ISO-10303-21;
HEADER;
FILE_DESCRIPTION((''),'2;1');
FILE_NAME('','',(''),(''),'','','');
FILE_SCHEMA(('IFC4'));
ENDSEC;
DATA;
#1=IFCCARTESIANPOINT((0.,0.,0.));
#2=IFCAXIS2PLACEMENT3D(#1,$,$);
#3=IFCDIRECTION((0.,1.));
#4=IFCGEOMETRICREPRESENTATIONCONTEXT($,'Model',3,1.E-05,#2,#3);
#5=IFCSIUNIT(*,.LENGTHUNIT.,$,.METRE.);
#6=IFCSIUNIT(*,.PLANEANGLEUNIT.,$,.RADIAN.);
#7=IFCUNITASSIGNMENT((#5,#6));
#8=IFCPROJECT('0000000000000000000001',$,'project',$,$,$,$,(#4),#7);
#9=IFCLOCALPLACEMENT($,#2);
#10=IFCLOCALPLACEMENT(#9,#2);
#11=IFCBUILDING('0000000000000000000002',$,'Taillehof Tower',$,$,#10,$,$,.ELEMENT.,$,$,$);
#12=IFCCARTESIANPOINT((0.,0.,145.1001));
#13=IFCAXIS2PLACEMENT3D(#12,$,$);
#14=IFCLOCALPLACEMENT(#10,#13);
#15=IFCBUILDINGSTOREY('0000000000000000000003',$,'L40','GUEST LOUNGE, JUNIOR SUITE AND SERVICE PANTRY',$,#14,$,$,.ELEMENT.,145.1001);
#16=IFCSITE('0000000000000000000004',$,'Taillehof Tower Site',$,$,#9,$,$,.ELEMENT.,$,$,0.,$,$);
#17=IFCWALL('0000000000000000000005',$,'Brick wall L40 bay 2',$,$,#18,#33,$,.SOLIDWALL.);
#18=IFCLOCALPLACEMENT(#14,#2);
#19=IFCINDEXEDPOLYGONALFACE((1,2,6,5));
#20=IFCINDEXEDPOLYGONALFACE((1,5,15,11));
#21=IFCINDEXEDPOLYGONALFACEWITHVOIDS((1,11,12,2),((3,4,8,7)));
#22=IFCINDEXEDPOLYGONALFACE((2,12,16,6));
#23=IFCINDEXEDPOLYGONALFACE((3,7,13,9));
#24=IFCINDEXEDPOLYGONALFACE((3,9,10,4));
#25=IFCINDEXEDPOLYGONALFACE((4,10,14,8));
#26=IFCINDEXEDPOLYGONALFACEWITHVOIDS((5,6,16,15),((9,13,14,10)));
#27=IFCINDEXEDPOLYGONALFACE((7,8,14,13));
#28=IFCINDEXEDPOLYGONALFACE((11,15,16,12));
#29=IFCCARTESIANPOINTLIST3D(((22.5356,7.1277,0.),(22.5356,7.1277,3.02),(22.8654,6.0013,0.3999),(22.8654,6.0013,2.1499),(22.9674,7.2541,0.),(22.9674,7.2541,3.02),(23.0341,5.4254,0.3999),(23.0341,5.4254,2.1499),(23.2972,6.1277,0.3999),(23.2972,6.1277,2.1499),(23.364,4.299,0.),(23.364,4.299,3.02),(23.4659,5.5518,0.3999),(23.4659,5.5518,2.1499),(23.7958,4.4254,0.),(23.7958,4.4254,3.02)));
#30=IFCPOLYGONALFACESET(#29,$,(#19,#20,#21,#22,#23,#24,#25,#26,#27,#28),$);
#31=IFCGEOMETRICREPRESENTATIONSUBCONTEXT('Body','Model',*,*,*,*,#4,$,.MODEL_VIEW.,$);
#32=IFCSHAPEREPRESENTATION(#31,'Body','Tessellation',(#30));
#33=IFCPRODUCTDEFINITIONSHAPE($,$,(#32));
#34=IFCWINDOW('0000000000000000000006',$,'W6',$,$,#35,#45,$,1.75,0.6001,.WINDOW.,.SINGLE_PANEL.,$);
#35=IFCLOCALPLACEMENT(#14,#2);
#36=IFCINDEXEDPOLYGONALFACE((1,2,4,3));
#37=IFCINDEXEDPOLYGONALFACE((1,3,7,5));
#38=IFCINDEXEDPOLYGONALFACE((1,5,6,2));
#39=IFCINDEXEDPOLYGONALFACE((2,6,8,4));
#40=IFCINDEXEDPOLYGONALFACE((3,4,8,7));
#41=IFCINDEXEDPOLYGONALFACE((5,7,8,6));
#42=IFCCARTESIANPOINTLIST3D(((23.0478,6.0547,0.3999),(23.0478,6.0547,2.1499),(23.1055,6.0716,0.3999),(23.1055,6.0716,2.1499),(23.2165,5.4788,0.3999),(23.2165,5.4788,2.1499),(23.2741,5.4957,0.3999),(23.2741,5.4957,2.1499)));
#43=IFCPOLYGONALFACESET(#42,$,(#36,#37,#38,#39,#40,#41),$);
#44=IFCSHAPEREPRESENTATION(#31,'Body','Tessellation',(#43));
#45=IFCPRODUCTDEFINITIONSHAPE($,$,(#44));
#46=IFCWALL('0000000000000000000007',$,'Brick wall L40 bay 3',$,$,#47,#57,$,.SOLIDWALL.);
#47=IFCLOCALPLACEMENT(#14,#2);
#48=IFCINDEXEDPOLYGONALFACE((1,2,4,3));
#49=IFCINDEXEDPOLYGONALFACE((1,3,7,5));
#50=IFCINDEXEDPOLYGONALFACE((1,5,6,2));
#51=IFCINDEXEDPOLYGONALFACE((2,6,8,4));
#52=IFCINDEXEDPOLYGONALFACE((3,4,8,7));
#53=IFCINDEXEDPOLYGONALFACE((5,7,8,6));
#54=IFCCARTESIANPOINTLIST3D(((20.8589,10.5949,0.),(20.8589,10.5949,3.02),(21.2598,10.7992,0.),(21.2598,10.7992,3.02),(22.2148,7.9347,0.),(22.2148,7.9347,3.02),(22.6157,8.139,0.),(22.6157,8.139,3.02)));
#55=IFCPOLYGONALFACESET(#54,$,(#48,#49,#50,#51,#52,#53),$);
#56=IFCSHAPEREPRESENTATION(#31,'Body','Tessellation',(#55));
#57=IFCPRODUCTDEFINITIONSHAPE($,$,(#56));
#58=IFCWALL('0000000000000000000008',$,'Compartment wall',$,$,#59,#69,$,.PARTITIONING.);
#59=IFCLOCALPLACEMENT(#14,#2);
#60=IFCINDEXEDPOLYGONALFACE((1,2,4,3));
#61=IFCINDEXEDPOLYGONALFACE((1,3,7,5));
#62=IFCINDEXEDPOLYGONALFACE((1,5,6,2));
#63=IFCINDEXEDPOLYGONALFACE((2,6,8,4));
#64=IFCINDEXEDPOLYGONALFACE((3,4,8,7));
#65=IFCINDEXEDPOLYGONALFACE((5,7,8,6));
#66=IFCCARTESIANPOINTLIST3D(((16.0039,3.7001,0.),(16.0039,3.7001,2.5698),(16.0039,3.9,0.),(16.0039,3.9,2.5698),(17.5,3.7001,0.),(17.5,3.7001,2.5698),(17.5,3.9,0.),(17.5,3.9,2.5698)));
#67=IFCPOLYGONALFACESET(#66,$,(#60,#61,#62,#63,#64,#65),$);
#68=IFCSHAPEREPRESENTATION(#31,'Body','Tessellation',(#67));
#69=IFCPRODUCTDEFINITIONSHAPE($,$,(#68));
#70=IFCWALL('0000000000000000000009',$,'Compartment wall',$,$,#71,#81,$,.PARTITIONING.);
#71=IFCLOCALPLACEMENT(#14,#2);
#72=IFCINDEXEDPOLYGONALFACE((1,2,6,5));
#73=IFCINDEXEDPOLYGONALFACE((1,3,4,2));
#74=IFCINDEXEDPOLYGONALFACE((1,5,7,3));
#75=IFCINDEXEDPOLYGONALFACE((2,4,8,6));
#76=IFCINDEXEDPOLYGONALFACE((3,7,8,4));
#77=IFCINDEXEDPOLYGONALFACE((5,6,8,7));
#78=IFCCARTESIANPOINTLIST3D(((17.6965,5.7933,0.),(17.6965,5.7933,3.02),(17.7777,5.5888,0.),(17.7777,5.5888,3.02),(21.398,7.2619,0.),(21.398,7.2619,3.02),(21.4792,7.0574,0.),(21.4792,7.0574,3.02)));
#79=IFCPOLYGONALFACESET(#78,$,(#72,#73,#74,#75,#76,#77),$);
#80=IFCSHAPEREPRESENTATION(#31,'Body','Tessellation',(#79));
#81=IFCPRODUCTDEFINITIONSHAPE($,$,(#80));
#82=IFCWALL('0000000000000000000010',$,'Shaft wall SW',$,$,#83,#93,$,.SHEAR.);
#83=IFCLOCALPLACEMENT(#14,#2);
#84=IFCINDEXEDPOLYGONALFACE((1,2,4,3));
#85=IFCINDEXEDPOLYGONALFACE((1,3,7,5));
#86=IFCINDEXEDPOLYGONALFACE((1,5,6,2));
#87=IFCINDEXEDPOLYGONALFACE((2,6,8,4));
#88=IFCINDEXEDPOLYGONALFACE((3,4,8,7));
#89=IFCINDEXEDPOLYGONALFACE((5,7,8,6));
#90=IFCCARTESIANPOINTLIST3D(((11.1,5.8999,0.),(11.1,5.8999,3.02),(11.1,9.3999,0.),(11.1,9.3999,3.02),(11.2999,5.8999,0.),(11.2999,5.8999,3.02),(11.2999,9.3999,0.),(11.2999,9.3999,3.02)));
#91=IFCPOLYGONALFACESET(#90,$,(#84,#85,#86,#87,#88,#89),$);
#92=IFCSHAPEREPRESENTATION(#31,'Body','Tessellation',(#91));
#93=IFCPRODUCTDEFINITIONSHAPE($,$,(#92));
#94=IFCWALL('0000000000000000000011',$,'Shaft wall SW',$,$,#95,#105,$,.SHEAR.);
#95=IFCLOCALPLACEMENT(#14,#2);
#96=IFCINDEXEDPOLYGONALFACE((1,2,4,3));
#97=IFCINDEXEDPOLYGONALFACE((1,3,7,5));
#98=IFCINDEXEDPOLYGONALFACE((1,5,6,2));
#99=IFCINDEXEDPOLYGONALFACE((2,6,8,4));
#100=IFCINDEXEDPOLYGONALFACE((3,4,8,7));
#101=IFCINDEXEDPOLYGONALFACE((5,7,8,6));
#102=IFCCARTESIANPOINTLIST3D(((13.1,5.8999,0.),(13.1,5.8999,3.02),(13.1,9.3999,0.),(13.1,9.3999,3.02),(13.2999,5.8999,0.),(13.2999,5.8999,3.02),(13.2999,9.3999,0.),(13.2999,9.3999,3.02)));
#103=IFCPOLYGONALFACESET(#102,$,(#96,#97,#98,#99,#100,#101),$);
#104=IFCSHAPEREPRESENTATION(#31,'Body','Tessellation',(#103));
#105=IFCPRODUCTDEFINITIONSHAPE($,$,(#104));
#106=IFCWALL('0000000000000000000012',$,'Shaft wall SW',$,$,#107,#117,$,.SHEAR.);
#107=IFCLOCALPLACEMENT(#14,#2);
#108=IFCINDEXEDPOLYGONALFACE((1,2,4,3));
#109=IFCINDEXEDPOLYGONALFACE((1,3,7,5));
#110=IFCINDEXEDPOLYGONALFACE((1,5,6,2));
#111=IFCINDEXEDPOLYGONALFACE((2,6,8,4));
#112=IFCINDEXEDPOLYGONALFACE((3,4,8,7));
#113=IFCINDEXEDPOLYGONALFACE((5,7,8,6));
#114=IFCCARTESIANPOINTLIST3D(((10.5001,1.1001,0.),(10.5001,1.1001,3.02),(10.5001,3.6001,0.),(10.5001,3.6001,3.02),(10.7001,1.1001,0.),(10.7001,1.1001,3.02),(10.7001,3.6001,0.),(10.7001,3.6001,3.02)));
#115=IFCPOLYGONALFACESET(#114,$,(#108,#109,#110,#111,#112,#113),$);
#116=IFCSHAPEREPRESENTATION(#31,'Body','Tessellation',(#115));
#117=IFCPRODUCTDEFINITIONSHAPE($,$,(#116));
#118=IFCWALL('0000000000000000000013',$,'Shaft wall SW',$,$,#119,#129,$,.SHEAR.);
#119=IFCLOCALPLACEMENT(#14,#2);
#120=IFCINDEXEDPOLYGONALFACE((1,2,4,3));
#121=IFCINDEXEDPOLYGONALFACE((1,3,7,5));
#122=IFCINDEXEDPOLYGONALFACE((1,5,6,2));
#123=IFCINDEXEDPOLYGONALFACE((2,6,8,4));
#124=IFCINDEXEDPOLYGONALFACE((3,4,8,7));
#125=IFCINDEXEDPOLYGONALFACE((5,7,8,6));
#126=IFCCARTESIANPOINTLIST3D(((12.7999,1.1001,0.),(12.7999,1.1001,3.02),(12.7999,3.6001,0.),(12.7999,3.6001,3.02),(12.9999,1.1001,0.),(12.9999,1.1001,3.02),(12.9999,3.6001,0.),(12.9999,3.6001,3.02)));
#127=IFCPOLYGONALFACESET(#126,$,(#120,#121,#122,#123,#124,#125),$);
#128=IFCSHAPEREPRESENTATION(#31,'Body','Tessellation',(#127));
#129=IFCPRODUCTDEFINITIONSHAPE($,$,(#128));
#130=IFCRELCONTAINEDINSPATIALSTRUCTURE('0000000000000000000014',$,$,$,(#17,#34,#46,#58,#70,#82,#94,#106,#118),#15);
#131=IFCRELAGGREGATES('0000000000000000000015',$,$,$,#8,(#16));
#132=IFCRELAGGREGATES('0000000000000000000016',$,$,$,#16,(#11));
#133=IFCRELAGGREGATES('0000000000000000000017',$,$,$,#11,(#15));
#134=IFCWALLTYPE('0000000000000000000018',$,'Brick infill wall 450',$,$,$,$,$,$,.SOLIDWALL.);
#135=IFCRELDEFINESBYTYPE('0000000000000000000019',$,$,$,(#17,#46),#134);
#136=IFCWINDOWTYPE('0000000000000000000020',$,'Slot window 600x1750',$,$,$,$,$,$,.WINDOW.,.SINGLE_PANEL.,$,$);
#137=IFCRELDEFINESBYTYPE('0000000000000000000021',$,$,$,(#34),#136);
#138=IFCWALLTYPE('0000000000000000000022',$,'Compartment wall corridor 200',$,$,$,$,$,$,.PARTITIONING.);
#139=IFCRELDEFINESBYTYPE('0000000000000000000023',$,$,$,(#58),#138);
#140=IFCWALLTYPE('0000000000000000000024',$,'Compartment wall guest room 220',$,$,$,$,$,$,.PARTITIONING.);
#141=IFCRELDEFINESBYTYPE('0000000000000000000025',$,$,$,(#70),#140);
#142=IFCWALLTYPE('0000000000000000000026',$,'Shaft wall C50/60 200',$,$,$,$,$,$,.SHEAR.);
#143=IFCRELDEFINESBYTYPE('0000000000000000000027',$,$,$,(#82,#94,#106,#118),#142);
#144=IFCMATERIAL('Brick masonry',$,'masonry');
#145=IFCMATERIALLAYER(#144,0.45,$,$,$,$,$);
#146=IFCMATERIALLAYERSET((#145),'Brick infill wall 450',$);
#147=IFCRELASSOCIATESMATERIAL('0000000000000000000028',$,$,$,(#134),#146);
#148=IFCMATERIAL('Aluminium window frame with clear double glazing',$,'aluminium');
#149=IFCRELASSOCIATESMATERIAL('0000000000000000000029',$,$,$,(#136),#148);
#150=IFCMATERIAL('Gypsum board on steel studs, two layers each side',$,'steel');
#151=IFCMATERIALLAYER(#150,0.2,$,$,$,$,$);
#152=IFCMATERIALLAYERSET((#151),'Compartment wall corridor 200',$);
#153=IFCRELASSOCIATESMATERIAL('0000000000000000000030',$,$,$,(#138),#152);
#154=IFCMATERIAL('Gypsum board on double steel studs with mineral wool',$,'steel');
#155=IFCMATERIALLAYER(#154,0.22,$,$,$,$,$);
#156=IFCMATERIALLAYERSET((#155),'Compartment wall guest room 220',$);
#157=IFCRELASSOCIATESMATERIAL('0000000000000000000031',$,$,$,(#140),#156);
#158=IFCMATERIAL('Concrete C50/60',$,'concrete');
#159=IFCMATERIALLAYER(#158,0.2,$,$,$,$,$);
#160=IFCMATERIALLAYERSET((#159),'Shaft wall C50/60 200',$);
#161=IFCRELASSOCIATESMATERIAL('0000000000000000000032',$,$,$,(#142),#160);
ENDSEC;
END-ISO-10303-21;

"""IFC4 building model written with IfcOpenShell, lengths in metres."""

from ifc_helpers import new_model, si_unit, direction, frame, frame_2d, origin, place, context, subcontext, project, spatial, rectangle, extrude, material, layer, layer_set, type_object, element, fill, save


model = new_model("IFC4")

# Units and contexts
model_context = context("Model", 3, precision=1e-05, world=origin(), true_north=direction((0.0, 1.0)))
body_context = subcontext(model_context, "Body", "Model", "MODEL_VIEW")
ifc_project = project(units=[si_unit("LENGTHUNIT", "METRE"), si_unit("PLANEANGLEUNIT", "RADIAN")], contexts=[model_context])

# Site, building, storey
site_placement = place(None, origin())
site = spatial("IfcSite", under=ifc_project, at=site_placement, Name="Taillehof Tower Site", CompositionType="ELEMENT", RefElevation=0.0)
building_placement = place(site_placement, origin())
building = spatial("IfcBuilding", under=site, at=building_placement, Name="Taillehof Tower", CompositionType="ELEMENT")
storey_placement = place(building_placement, frame((0.0, 0.0, 145.1001)))
storey = spatial("IfcBuildingStorey", under=building, at=storey_placement, Name="L40", Description="GUEST LOUNGE, JUNIOR SUITE AND SERVICE PANTRY", CompositionType="ELEMENT", Elevation=145.1001)

# Shared definitions
ifc_material_1 = material(Name="Brick masonry", Category="masonry")
ifc_layer_1 = layer(ifc_material_1, 0.45)
ifc_layer_set_1 = layer_set([ifc_layer_1], Name="Brick infill wall 450")
wall_type_1 = type_object("IfcWallType", Name="Brick infill wall 450", PredefinedType="SOLIDWALL", material=ifc_layer_set_1)

# Wall, opening, window
wall_1_placement = place(storey_placement, frame((23.5798, 4.3623, 0.0), z_axis=(0.0, 0.0, 1.0), x_axis=(-0.281049, 0.959693, 0.0)))
wall_1 = element("IfcWall", 1, at=wall_1_placement, inside=storey, type_object=wall_type_1, Name="Brick wall L40 bay 2", PredefinedType="SOLIDWALL", context=body_context, shape_type="SweptSolid", body=[
    extrude(rectangle(XDim=2.9475, YDim=0.45, at=frame_2d((1.4736, 0.0))), origin(), (0.0, 0.0, 1.0), 3.02),
])
opening_placement = place(wall_1_placement, frame((1.1736, 0.0, 0.3999)))
opening = element("IfcOpeningElement", 2, at=opening_placement, cuts=wall_1, PredefinedType="OPENING", context=body_context, shape_type="SweptSolid", body=[
    extrude(rectangle(XDim=0.6001, YDim=1.75, at=frame_2d((0.3, 0.875))), frame((0.0, 0.2349, 0.0), z_axis=(0.0, -1.0, 0.0), x_axis=(1.0, 0.0, 0.0)), (0.0, 0.0, 1.0), 0.47),
])
ifc_material_2 = material(Name="Aluminium window frame with clear double glazing", Category="aluminium")
window_type = type_object("IfcWindowType", Name="Slot window 600x1750", PartitioningType="SINGLE_PANEL", PredefinedType="WINDOW", material=ifc_material_2)
window_placement = place(opening_placement, origin())
window = element("IfcWindow", 3, at=window_placement, inside=storey, type_object=window_type, Name="W6", OverallHeight=1.75, OverallWidth=0.6001, PartitioningType="SINGLE_PANEL", PredefinedType="WINDOW", context=body_context, shape_type="SweptSolid", body=[
    extrude(rectangle(XDim=0.6001, YDim=1.75, at=frame_2d((0.3, 0.875))), frame((0.0, 0.0349, 0.0), z_axis=(0.0, -1.0, 0.0), x_axis=(1.0, 0.0, 0.0)), (0.0, 0.0, 1.0), 0.0601),
])
fill(opening, window)

# Walls
wall_2_placement = place(storey_placement, frame((22.4153, 8.0369, 0.0), z_axis=(0.0, 0.0, 1.0), x_axis=(-0.454134, 0.890933, 0.0)))
element("IfcWall", 4, at=wall_2_placement, inside=storey, type_object=wall_type_1, Name="Brick wall L40 bay 3", PredefinedType="SOLIDWALL", context=body_context, shape_type="SweptSolid", body=[
    extrude(rectangle(XDim=2.9858, YDim=0.45, at=frame_2d((1.4929, 0.0))), origin(), (0.0, 0.0, 1.0), 3.02),
])
ifc_material_3 = material(Name="Gypsum board on steel studs, two layers each side", Category="steel")
ifc_layer_2 = layer(ifc_material_3, 0.2)
ifc_layer_set_2 = layer_set([ifc_layer_2], Name="Compartment wall corridor 200")
wall_type_2 = type_object("IfcWallType", Name="Compartment wall corridor 200", PredefinedType="PARTITIONING", material=ifc_layer_set_2)
wall_3_placement = place(storey_placement, frame((17.5, 3.8, 0.0), z_axis=(0.0, 0.0, 1.0), x_axis=(-1.0, 0.0, 0.0)))
element("IfcWall", 5, at=wall_3_placement, inside=storey, type_object=wall_type_2, Name="Compartment wall", PredefinedType="PARTITIONING", context=body_context, shape_type="SweptSolid", body=[
    extrude(rectangle(XDim=1.4961, YDim=0.2, at=frame_2d((0.748, 0.0))), origin(), (0.0, 0.0, 1.0), 2.5698),
])
ifc_material_4 = material(Name="Gypsum board on double steel studs with mineral wool", Category="steel")
ifc_layer_3 = layer(ifc_material_4, 0.22)
ifc_layer_set_3 = layer_set([ifc_layer_3], Name="Compartment wall guest room 220")
wall_type_3 = type_object("IfcWallType", Name="Compartment wall guest room 220", PredefinedType="PARTITIONING", material=ifc_layer_set_3)
wall_4_placement = place(storey_placement, frame((21.4387, 7.1597, 0.0), z_axis=(0.0, 0.0, 1.0), x_axis=(-0.929517, -0.368778, 0.0)))
element("IfcWall", 6, at=wall_4_placement, inside=storey, type_object=wall_type_3, Name="Compartment wall", PredefinedType="PARTITIONING", context=body_context, shape_type="SweptSolid", body=[
    extrude(rectangle(XDim=3.9822, YDim=0.22, at=frame_2d((1.9912, 0.0))), origin(), (0.0, 0.0, 1.0), 3.02),
])
ifc_material_5 = material(Name="Concrete C50/60", Category="concrete")
ifc_layer_4 = layer(ifc_material_5, 0.2)
ifc_layer_set_4 = layer_set([ifc_layer_4], Name="Shaft wall C50/60 200")
wall_type_4 = type_object("IfcWallType", Name="Shaft wall C50/60 200", PredefinedType="SHEAR", material=ifc_layer_set_4)
for number, where, z_axis, x_axis, name in (
    (7, (11.2, 5.8999, 0.0), (0.0, 0.0, 1.0), (0.0, 1.0, 0.0), "Shaft wall SW"),
    (8, (13.2, 5.8999, 0.0), (0.0, 0.0, 1.0), (0.0, 1.0, 0.0), "Shaft wall SW"),
):
    element("IfcWall", number, at=place(storey_placement, frame(where, z_axis=z_axis, x_axis=x_axis)), inside=storey, type_object=wall_type_4, Name=name, PredefinedType="SHEAR", context=body_context, shape_type="SweptSolid", body=[
        extrude(rectangle(XDim=3.5, YDim=0.2, at=frame_2d((1.75, 0.0))), origin(), (0.0, 0.0, 1.0), 3.02),
    ])
for number, where, z_axis, x_axis, name in (
    (9, (10.6001, 1.1001, 0.0), (0.0, 0.0, 1.0), (0.0, 1.0, 0.0), "Shaft wall SW"),
    (10, (12.8999, 1.1001, 0.0), (0.0, 0.0, 1.0), (0.0, 1.0, 0.0), "Shaft wall SW"),
):
    element("IfcWall", number, at=place(storey_placement, frame(where, z_axis=z_axis, x_axis=x_axis)), inside=storey, type_object=wall_type_4, Name=name, PredefinedType="SHEAR", context=body_context, shape_type="SweptSolid", body=[
        extrude(rectangle(XDim=2.5, YDim=0.2, at=frame_2d((1.25, 0.0))), origin(), (0.0, 0.0, 1.0), 3.02),
    ])

save(model, "model.ifc")
